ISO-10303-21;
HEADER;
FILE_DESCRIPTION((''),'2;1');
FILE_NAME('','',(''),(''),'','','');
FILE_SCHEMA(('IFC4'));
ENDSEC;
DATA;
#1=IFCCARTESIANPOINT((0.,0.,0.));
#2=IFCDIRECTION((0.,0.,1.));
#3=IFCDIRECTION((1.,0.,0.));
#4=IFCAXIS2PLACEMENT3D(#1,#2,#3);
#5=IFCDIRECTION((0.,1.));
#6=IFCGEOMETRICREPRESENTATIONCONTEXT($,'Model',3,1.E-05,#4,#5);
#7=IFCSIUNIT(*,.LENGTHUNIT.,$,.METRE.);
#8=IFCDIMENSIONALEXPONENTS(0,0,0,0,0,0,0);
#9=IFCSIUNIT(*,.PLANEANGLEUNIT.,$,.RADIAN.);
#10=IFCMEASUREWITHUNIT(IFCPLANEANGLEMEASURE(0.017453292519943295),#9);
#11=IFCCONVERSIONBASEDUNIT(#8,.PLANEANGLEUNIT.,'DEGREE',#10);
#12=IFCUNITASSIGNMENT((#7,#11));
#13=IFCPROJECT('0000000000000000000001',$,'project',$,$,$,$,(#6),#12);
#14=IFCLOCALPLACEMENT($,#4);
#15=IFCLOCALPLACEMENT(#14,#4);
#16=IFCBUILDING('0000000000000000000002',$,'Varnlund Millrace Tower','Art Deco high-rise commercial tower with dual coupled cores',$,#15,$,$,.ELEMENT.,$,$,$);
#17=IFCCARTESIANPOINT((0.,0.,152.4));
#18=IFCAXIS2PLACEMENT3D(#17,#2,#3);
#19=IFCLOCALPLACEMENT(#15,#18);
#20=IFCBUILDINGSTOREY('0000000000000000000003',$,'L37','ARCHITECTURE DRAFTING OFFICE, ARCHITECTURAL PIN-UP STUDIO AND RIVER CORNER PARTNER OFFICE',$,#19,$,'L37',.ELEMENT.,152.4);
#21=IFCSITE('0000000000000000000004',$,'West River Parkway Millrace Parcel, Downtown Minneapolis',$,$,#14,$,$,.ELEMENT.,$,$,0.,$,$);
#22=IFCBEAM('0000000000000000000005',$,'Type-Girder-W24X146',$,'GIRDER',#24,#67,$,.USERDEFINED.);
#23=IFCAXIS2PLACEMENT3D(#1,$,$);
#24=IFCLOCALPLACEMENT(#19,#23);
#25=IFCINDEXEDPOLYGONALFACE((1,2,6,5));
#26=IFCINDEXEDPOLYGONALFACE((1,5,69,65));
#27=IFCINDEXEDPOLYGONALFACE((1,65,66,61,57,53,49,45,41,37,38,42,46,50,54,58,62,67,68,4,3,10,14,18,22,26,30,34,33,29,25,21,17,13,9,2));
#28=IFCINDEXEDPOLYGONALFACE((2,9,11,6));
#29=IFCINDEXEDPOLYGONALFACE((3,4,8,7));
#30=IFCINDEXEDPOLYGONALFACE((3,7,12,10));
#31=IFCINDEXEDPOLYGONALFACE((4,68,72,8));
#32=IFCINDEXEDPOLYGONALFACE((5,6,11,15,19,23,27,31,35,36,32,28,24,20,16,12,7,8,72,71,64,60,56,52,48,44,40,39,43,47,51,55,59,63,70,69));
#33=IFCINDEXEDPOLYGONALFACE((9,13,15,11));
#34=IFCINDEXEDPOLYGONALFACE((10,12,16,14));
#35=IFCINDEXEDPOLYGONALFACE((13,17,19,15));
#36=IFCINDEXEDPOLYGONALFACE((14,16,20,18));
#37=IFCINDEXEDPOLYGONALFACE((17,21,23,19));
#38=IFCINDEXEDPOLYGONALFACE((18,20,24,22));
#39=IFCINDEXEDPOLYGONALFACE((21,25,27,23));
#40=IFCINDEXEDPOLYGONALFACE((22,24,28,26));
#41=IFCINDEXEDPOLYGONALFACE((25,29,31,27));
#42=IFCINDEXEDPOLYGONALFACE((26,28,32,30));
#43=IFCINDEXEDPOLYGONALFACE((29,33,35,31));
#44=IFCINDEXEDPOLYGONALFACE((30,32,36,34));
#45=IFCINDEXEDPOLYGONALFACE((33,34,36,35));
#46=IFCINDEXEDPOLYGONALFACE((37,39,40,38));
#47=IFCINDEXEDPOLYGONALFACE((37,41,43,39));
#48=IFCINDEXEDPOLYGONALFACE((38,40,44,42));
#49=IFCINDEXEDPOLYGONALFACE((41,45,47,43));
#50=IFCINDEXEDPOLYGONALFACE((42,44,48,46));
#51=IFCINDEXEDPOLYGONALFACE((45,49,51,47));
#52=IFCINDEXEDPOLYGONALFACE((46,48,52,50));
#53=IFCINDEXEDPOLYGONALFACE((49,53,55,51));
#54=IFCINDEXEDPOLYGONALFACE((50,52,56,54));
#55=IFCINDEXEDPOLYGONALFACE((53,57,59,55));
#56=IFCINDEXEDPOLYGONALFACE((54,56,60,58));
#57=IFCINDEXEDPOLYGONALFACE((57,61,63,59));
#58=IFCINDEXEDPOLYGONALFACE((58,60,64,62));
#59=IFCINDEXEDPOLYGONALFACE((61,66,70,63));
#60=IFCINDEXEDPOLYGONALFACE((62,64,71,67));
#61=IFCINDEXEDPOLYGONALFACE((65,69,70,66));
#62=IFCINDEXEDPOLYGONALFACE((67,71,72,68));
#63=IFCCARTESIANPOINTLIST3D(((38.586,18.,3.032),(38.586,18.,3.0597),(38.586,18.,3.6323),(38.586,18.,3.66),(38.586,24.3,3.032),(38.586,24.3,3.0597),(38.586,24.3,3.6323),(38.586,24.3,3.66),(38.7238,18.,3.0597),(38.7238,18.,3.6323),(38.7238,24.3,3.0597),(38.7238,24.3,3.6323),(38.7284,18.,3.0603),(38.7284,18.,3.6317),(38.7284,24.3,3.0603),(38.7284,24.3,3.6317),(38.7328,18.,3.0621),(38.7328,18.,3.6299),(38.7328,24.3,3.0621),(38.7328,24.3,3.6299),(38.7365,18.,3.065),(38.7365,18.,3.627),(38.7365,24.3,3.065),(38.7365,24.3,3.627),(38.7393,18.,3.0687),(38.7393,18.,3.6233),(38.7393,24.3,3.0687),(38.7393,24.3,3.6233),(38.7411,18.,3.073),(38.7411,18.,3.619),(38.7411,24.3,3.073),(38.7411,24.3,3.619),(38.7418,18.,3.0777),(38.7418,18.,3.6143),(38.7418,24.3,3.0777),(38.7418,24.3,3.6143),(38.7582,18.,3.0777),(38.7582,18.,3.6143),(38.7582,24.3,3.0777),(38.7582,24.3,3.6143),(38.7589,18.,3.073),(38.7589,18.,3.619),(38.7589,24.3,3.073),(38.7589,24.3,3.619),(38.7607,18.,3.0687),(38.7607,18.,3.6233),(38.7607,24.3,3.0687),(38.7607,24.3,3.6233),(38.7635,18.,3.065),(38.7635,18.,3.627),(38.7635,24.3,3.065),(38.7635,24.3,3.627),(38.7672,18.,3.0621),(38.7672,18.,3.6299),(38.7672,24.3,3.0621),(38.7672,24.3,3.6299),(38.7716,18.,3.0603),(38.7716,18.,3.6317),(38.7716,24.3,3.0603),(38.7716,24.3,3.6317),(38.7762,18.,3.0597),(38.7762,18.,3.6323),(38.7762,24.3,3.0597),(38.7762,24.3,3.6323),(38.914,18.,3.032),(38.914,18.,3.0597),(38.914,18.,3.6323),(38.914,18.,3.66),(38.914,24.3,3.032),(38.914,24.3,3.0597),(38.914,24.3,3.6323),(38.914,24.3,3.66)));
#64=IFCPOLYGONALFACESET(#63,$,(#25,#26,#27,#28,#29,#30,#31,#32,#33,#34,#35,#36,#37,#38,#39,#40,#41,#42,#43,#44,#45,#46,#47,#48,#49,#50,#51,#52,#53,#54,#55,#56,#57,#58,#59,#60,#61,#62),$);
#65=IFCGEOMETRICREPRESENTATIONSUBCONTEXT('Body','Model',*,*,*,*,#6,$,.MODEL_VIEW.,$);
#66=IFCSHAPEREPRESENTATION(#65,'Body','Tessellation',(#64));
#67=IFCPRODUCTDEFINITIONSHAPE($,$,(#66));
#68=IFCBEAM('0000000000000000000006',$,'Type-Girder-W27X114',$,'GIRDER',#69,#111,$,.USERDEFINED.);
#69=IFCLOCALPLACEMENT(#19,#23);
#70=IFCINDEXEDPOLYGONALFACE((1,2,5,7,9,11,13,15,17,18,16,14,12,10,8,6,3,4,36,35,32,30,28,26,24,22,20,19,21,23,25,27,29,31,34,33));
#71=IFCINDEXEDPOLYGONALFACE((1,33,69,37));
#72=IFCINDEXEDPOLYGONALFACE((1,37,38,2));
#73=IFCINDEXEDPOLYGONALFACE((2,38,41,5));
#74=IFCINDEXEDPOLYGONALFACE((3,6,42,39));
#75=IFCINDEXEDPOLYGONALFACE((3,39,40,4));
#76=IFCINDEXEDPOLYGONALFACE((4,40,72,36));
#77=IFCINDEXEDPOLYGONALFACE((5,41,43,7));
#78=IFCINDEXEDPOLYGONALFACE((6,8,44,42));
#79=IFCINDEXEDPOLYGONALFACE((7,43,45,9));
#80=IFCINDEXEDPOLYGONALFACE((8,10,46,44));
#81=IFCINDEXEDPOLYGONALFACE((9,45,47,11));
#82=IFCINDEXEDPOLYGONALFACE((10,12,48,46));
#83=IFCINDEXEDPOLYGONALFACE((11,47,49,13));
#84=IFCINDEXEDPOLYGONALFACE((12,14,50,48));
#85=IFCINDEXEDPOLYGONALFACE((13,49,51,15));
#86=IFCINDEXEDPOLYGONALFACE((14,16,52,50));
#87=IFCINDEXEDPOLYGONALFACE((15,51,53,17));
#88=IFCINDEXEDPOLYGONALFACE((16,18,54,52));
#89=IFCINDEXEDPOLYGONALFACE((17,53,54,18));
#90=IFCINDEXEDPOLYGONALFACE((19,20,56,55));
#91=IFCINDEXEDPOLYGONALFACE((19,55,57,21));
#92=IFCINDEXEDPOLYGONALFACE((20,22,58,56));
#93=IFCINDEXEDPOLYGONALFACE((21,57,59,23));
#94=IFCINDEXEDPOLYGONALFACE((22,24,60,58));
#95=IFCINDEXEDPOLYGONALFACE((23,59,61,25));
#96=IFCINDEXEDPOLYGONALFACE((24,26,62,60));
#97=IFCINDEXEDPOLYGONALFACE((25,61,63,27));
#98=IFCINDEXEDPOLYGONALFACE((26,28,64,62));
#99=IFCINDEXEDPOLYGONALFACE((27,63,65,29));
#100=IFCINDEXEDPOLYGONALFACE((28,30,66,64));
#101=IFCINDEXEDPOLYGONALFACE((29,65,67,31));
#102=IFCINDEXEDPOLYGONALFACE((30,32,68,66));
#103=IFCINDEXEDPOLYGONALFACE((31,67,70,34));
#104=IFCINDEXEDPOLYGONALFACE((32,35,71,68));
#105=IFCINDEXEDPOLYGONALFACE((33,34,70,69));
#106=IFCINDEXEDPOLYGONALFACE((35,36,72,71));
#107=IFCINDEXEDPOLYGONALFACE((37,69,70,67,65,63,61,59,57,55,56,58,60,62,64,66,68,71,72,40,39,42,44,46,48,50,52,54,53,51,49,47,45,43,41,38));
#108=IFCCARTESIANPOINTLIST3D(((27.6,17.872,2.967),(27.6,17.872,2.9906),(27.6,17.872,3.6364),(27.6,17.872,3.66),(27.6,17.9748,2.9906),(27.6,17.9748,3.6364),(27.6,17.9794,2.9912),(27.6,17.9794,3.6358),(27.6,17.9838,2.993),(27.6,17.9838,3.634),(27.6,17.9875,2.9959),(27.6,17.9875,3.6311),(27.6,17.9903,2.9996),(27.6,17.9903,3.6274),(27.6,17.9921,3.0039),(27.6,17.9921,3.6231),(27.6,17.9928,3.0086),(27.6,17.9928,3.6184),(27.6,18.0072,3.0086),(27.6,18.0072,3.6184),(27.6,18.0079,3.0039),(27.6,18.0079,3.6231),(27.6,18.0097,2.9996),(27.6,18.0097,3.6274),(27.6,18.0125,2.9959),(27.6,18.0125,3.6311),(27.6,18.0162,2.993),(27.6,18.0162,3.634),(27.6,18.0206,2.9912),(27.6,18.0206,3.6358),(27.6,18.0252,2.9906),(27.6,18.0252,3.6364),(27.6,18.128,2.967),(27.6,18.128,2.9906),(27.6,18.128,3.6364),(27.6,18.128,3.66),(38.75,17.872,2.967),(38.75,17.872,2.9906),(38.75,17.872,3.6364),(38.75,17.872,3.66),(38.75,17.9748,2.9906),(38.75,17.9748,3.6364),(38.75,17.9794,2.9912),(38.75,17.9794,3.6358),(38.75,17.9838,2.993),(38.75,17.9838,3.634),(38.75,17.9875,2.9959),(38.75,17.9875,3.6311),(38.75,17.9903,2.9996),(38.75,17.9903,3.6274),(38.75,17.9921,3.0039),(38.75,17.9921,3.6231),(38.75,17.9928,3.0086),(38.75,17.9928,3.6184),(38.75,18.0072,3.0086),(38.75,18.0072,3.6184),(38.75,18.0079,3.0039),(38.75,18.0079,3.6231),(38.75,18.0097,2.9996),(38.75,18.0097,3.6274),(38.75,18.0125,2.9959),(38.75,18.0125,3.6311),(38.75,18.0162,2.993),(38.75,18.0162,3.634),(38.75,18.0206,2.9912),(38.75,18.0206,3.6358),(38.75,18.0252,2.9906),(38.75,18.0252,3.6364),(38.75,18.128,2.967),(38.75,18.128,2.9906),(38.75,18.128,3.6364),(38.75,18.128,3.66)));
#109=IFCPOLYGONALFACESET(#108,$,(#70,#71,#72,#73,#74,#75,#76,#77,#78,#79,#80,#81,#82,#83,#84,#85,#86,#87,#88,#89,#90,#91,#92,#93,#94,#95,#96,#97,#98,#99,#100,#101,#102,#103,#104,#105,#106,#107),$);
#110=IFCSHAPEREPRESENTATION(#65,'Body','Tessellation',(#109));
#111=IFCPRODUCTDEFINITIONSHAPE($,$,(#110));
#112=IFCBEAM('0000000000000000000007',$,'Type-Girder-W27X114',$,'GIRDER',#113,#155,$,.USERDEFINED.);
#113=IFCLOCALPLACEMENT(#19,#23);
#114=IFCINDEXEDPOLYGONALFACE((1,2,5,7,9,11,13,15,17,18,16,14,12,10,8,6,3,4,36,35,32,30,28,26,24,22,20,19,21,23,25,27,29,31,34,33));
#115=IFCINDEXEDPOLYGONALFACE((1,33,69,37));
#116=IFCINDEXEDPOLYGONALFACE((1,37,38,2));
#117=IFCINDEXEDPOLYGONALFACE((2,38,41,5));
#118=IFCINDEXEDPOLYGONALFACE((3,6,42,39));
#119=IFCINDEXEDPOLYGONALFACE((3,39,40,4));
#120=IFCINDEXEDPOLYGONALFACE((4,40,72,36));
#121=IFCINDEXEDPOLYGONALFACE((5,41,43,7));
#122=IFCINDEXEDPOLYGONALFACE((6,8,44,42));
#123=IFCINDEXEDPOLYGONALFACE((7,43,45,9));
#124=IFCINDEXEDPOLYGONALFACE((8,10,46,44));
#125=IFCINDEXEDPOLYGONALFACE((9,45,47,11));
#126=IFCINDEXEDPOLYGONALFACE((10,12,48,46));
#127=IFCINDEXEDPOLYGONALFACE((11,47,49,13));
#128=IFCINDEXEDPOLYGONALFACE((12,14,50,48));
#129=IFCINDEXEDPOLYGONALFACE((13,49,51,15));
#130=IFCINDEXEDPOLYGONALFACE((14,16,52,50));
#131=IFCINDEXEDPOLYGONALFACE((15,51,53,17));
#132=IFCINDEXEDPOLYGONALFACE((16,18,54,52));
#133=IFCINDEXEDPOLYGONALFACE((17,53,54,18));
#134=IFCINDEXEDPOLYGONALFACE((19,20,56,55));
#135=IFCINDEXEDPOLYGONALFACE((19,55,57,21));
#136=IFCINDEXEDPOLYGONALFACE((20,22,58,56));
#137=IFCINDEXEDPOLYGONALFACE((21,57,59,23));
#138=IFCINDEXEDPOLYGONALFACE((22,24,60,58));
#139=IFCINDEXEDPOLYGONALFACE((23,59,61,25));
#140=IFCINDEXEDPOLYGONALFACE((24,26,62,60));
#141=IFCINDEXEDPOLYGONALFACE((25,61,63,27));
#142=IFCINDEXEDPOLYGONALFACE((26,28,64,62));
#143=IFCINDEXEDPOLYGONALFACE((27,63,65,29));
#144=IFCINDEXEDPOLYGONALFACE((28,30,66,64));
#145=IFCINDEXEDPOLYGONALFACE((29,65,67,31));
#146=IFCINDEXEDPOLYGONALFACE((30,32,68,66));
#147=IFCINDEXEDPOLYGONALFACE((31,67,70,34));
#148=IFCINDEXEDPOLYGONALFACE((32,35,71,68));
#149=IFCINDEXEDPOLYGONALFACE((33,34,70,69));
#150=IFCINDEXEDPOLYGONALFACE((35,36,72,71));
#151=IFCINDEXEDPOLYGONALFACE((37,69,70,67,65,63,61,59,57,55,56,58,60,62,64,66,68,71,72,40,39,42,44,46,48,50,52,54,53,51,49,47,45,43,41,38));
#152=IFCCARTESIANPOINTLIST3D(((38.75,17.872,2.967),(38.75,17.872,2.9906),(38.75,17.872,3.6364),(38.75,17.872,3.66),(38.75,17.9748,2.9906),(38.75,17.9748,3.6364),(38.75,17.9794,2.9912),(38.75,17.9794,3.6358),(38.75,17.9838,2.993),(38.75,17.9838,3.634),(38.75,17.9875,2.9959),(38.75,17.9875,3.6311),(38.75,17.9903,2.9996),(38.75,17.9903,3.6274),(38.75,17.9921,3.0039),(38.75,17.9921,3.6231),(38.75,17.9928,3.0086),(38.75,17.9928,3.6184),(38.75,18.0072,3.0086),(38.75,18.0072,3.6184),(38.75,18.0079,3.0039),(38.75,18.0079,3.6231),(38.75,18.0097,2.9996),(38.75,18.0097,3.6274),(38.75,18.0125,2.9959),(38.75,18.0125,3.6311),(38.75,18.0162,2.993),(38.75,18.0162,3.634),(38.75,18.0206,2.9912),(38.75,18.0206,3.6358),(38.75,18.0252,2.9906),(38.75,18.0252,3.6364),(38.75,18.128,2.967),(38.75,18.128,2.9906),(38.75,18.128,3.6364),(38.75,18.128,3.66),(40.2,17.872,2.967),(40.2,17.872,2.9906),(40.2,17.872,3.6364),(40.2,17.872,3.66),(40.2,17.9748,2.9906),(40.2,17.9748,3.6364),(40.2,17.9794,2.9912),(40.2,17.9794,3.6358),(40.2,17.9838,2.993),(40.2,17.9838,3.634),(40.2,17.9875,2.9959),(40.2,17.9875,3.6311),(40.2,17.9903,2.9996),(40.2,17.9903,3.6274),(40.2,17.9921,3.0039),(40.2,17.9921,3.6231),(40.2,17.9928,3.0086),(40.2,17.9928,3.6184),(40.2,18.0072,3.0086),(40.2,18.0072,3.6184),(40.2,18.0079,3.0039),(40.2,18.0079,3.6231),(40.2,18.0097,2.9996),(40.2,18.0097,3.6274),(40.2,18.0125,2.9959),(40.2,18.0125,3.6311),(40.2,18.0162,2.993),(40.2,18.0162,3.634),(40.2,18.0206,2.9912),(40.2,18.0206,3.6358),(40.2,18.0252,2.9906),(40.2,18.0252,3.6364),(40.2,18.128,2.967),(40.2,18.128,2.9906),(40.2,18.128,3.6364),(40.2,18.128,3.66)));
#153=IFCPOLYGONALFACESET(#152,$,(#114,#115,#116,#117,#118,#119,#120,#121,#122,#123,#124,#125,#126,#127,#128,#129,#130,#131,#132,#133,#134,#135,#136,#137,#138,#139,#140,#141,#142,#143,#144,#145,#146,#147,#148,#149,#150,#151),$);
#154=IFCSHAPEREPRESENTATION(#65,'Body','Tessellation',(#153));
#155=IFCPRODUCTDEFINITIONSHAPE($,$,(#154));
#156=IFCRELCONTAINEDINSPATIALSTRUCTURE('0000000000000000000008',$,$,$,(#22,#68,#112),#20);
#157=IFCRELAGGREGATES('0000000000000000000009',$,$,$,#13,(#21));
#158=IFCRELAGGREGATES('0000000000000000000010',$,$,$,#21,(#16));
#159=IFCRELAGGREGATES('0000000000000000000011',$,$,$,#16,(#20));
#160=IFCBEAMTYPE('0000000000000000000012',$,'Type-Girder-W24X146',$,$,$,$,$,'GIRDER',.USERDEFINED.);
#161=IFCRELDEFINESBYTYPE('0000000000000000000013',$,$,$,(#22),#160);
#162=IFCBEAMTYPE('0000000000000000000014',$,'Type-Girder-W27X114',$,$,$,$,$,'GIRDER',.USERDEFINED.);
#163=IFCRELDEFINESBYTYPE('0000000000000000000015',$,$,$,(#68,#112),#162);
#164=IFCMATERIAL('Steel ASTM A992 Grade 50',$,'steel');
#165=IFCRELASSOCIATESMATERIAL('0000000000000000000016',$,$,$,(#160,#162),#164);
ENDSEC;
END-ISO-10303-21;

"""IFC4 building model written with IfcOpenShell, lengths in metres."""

from ifc_helpers import new_model, entity, si_unit, converted_unit, direction, frame, origin_with_axes, origin_2d_with_axis, place, context, subcontext, project, spatial, i_section, extrude, material, material_profile, profile_set, type_object, element, save


model = new_model("IFC4")

# Units and contexts
model_context = context("Model", 3, precision=1e-05, world=origin_with_axes(), true_north=direction((0.0, 1.0)))
body_context = subcontext(model_context, "Body", "Model", "MODEL_VIEW")
ifc_project = project(units=[si_unit("LENGTHUNIT", "METRE"), converted_unit("PLANEANGLEUNIT", "DEGREE", entity("IfcPlaneAngleMeasure", 0.017453292519943295), si_unit("PLANEANGLEUNIT", "RADIAN"), dimensions=[0, 0, 0, 0, 0, 0, 0])], contexts=[model_context])

# Site, building, storey
site_placement = place(None, origin_with_axes())
site = spatial("IfcSite", under=ifc_project, at=site_placement, Name="West River Parkway Millrace Parcel, Downtown Minneapolis", CompositionType="ELEMENT", RefElevation=0.0)
building_placement = place(site_placement, origin_with_axes())
building = spatial("IfcBuilding", under=site, at=building_placement, Name="Varnlund Millrace Tower", Description="Art Deco high-rise commercial tower with dual coupled cores", CompositionType="ELEMENT")
storey_placement = place(building_placement, frame((0.0, 0.0, 152.4), z_axis=(0.0, 0.0, 1.0), x_axis=(1.0, 0.0, 0.0)))
storey = spatial("IfcBuildingStorey", under=building, at=storey_placement, Name="L37", Description="ARCHITECTURE DRAFTING OFFICE, ARCHITECTURAL PIN-UP STUDIO AND RIVER CORNER PARTNER OFFICE", LongName="L37", CompositionType="ELEMENT", Elevation=152.4)

# Beams
ifc_material_1 = material(Name="Steel ASTM A992 Grade 50", Category="steel")
ifc_material_profile_1 = material_profile(ifc_material_1, i_section(OverallWidth=0.328, OverallDepth=0.628, WebThickness=0.0165, FlangeThickness=0.0277, FilletRadius=0.018, at=origin_2d_with_axis()), Name="Steel ASTM A992 Grade 50")
ifc_profile_set_1 = profile_set([ifc_material_profile_1], Name="Steel ASTM A992 Grade 50")
beam_type_1 = type_object("IfcBeamType", Name="Type-Girder-W24X146", ElementType="GIRDER", PredefinedType="USERDEFINED", material=ifc_profile_set_1)
beam_1_placement = place(storey_placement, frame((38.75, 18.0, 3.346), z_axis=(0.0, 1.0, 0.0), x_axis=(-1.0, 0.0, 0.0)))
element("IfcBeam", 1, at=beam_1_placement, inside=storey, type_object=beam_type_1, Name="Type-Girder-W24X146", ObjectType="GIRDER", PredefinedType="USERDEFINED", context=body_context, shape_type="SweptSolid", body=[
    extrude(i_section(OverallWidth=0.328, OverallDepth=0.628, WebThickness=0.0165, FlangeThickness=0.0277, FilletRadius=0.018, at=origin_2d_with_axis()), origin_with_axes(), (0.0, 0.0, 1.0), 6.3),
])
ifc_material_profile_2 = material_profile(ifc_material_1, i_section(OverallWidth=0.256, OverallDepth=0.693, WebThickness=0.0145, FlangeThickness=0.0236, FilletRadius=0.018, at=origin_2d_with_axis()), Name="Steel ASTM A992 Grade 50")
ifc_profile_set_2 = profile_set([ifc_material_profile_2], Name="Steel ASTM A992 Grade 50")
beam_type_2 = type_object("IfcBeamType", Name="Type-Girder-W27X114", ElementType="GIRDER", PredefinedType="USERDEFINED", material=ifc_profile_set_2)
beam_2_placement = place(storey_placement, frame((27.6, 18.0, 3.3135), z_axis=(1.0, 0.0, 0.0), x_axis=(0.0, 1.0, 0.0)))
element("IfcBeam", 2, at=beam_2_placement, inside=storey, type_object=beam_type_2, Name="Type-Girder-W27X114", ObjectType="GIRDER", PredefinedType="USERDEFINED", context=body_context, shape_type="SweptSolid", body=[
    extrude(i_section(OverallWidth=0.256, OverallDepth=0.693, WebThickness=0.0145, FlangeThickness=0.0236, FilletRadius=0.018, at=origin_2d_with_axis()), origin_with_axes(), (0.0, 0.0, 1.0), 11.15),
])
beam_3_placement = place(storey_placement, frame((38.75, 18.0, 3.3135), z_axis=(1.0, 0.0, 0.0), x_axis=(0.0, 1.0, 0.0)))
element("IfcBeam", 3, at=beam_3_placement, inside=storey, type_object=beam_type_2, Name="Type-Girder-W27X114", ObjectType="GIRDER", PredefinedType="USERDEFINED", context=body_context, shape_type="SweptSolid", body=[
    extrude(i_section(OverallWidth=0.256, OverallDepth=0.693, WebThickness=0.0145, FlangeThickness=0.0236, FilletRadius=0.018, at=origin_2d_with_axis()), origin_with_axes(), (0.0, 0.0, 1.0), 1.45),
])

save(model, "model.ifc")
